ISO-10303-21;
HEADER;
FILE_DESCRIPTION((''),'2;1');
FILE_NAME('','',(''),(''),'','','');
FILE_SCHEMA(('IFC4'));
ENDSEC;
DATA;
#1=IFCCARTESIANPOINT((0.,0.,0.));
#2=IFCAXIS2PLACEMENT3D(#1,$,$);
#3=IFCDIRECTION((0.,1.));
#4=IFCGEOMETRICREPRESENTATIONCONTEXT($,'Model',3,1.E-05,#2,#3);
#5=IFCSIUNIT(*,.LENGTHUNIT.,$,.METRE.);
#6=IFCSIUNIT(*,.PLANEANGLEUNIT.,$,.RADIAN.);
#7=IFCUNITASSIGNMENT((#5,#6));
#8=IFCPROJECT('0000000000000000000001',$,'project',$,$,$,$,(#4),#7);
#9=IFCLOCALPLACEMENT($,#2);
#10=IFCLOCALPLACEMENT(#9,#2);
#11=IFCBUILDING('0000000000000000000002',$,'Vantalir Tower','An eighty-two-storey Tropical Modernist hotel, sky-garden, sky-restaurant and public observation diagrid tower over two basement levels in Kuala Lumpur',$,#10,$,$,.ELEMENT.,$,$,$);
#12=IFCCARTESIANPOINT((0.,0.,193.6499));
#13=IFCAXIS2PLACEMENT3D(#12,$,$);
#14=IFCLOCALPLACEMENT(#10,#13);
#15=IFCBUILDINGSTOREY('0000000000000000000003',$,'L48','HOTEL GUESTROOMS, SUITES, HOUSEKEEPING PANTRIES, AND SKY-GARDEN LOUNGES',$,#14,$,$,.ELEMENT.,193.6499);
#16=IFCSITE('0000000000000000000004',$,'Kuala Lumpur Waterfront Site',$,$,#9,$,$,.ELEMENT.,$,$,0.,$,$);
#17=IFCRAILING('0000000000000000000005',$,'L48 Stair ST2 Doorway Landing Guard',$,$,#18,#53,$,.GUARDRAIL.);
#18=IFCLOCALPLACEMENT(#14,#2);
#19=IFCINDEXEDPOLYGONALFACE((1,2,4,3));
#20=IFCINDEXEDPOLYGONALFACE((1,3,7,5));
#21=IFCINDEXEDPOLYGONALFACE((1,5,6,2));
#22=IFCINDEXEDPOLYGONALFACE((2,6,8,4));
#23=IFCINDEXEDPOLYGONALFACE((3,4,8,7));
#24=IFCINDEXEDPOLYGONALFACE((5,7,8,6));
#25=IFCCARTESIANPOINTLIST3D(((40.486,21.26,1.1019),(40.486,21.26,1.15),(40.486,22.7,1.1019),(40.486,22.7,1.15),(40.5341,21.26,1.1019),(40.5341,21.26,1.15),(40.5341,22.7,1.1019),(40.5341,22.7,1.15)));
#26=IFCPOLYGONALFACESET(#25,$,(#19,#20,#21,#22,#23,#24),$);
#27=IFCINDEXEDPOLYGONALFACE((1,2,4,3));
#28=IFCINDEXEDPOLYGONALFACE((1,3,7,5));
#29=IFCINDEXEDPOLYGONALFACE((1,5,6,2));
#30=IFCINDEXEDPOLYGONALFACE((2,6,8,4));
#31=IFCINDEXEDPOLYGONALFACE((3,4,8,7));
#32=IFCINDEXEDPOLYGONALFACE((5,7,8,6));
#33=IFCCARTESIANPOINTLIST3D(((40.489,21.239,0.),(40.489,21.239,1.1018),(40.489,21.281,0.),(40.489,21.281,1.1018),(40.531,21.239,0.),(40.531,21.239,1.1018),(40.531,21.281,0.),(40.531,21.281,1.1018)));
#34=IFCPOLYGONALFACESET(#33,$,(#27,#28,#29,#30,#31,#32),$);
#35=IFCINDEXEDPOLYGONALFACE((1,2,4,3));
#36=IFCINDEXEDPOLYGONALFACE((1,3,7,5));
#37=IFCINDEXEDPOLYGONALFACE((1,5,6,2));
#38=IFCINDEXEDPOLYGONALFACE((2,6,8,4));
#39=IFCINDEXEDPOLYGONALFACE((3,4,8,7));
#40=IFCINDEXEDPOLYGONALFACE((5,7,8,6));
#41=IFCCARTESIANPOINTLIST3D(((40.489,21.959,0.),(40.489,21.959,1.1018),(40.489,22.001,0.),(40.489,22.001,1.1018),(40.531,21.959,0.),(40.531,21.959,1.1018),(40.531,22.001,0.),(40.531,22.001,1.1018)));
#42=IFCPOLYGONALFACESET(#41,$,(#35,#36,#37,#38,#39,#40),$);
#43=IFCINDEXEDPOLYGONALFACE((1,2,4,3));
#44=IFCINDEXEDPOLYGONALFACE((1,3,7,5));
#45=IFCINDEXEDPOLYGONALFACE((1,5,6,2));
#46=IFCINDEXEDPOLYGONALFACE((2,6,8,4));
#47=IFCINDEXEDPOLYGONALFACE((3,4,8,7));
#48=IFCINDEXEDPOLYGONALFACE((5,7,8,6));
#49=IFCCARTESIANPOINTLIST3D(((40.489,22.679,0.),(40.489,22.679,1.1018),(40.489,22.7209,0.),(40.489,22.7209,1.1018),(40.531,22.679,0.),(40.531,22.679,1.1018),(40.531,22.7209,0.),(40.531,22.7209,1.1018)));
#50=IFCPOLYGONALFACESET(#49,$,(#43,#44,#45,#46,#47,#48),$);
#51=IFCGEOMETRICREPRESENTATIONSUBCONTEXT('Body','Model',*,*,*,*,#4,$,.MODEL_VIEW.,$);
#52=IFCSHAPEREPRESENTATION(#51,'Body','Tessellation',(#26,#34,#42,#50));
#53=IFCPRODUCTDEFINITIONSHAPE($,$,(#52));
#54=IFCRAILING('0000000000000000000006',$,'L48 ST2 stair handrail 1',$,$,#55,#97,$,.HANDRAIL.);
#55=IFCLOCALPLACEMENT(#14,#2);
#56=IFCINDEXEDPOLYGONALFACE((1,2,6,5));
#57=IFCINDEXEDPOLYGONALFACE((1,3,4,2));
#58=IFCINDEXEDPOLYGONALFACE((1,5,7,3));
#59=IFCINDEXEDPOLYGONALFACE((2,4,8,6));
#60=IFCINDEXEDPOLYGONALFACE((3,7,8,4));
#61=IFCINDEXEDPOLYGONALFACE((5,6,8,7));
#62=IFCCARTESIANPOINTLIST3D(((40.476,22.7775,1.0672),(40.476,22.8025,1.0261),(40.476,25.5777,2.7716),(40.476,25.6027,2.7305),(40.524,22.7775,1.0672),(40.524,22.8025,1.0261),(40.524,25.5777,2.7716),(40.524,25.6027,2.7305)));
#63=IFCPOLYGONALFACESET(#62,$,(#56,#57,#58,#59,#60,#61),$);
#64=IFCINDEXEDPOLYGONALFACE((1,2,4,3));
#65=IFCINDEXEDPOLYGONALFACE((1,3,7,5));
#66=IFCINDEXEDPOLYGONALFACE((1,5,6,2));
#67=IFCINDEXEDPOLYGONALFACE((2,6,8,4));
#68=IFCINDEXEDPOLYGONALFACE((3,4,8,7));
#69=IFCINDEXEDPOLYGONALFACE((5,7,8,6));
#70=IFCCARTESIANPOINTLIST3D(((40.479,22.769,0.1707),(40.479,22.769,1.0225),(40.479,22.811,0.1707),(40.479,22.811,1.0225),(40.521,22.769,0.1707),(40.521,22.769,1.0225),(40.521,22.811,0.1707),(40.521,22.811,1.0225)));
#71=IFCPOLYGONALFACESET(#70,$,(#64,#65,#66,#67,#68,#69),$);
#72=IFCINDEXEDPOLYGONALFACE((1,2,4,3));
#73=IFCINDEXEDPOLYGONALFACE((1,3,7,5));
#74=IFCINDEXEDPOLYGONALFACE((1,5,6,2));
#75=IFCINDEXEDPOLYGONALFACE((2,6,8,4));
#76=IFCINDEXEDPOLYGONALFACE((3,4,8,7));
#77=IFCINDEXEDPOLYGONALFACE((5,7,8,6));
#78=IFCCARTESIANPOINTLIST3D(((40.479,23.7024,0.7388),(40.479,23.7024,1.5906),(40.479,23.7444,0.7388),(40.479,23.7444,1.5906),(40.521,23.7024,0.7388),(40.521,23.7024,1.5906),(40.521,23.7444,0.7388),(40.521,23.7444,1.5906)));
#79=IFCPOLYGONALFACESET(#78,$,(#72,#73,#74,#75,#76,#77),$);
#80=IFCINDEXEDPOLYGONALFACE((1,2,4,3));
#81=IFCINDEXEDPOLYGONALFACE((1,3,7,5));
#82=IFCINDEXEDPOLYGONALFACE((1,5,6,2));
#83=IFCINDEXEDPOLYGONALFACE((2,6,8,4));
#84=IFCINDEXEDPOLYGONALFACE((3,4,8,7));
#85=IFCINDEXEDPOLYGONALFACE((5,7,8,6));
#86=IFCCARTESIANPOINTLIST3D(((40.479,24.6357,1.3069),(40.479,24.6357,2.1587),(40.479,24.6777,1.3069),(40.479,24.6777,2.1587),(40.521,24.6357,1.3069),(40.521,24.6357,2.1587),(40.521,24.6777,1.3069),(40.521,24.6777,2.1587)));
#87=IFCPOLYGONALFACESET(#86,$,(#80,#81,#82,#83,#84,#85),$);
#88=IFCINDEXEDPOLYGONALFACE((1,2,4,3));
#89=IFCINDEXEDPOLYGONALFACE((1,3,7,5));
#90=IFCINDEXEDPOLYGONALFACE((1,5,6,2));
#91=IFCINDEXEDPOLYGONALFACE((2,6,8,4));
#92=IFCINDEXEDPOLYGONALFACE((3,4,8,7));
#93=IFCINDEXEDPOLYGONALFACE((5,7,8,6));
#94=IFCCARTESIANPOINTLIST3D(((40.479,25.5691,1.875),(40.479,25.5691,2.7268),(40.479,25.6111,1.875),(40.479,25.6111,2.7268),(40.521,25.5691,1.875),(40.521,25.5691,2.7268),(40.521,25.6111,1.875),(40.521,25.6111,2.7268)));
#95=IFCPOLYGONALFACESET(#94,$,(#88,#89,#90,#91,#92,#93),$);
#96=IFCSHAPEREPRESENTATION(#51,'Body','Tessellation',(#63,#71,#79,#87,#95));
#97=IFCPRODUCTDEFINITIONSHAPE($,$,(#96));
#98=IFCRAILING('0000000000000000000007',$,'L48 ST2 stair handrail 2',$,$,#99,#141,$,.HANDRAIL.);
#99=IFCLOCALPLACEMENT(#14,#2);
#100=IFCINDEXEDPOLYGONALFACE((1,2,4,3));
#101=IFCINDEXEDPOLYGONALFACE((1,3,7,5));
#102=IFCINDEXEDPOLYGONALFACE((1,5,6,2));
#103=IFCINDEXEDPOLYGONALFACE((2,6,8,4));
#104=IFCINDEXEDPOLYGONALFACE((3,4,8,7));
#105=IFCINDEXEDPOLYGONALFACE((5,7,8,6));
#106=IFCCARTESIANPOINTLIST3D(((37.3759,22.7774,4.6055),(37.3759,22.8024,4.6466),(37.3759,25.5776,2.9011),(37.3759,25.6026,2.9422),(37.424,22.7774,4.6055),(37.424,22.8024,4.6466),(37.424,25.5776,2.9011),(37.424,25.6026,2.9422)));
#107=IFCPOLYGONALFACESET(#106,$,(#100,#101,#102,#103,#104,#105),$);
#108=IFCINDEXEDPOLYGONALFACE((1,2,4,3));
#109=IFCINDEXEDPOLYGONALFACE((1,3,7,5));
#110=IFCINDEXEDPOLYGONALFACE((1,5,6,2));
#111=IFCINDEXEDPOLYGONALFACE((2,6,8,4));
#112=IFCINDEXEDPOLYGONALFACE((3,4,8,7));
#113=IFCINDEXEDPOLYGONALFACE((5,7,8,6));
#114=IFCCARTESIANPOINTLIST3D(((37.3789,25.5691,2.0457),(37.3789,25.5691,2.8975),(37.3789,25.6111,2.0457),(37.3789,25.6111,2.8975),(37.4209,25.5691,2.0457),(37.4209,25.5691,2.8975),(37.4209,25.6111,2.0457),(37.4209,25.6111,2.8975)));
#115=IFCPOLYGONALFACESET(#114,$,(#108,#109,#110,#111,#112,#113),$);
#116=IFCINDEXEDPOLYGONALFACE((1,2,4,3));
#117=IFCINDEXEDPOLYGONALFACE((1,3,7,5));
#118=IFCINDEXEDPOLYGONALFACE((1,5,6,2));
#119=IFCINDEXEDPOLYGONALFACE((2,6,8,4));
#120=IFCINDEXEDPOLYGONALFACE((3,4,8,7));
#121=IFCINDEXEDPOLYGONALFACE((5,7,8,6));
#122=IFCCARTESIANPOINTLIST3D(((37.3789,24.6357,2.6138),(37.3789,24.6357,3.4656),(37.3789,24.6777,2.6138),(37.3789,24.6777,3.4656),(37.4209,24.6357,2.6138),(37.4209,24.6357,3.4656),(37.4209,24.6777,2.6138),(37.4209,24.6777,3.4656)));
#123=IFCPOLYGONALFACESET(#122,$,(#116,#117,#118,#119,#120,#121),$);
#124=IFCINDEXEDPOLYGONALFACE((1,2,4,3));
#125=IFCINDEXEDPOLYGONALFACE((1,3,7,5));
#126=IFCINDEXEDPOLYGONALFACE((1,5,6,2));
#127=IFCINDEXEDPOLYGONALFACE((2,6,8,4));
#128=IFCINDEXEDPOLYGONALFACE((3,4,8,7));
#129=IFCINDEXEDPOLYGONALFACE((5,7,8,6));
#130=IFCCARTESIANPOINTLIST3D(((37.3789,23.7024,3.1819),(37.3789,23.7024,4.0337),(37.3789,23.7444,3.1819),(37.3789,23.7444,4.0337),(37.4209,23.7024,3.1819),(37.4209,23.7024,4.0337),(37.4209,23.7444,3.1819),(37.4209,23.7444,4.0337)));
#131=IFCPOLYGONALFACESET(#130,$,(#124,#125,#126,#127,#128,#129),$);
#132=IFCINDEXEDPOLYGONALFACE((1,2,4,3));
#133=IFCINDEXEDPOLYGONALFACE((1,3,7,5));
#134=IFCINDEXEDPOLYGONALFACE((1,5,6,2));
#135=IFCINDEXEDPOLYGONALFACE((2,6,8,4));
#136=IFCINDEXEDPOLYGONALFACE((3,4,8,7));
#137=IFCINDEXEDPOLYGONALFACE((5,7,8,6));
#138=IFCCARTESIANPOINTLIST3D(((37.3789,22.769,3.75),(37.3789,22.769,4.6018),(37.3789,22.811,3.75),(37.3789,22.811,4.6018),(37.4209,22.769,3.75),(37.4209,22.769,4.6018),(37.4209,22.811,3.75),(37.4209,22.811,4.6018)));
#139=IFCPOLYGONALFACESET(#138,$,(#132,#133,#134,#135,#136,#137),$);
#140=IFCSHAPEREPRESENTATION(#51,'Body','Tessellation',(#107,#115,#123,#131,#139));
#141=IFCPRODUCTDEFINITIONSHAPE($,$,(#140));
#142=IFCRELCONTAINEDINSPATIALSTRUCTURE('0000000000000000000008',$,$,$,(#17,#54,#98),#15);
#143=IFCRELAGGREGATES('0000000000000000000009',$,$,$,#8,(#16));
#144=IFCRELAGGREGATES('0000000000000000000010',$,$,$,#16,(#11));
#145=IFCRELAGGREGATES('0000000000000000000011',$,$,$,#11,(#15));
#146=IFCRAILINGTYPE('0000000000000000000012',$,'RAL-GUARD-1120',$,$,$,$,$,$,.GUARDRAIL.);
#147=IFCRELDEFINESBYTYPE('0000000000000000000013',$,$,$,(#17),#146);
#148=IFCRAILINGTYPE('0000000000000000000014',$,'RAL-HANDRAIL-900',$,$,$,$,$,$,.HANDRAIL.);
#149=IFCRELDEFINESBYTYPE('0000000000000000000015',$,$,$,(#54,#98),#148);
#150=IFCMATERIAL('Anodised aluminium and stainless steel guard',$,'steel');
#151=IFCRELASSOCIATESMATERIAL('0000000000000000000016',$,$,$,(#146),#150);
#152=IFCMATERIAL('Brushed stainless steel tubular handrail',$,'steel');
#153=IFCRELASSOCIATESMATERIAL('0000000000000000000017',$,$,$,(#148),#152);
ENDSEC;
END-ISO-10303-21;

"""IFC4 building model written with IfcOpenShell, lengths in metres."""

from ifc_helpers import new_model, si_unit, direction, frame, origin, origin_2d, place, context, subcontext, project, spatial, rectangle, extrude, material, type_object, element, save


model = new_model("IFC4")

# Units and contexts
model_context = context("Model", 3, precision=1e-05, world=origin(), true_north=direction((0.0, 1.0)))
body_context = subcontext(model_context, "Body", "Model", "MODEL_VIEW")
ifc_project = project(units=[si_unit("LENGTHUNIT", "METRE"), si_unit("PLANEANGLEUNIT", "RADIAN")], contexts=[model_context])

# Site, building, storey
site_placement = place(None, origin())
site = spatial("IfcSite", under=ifc_project, at=site_placement, Name="Kuala Lumpur Waterfront Site", CompositionType="ELEMENT", RefElevation=0.0)
building_placement = place(site_placement, origin())
building = spatial("IfcBuilding", under=site, at=building_placement, Name="Vantalir Tower", Description="An eighty-two-storey Tropical Modernist hotel, sky-garden, sky-restaurant and public observation diagrid tower over two basement levels in Kuala Lumpur", CompositionType="ELEMENT")
storey_placement = place(building_placement, frame((0.0, 0.0, 193.6499)))
storey = spatial("IfcBuildingStorey", under=building, at=storey_placement, Name="L48", Description="HOTEL GUESTROOMS, SUITES, HOUSEKEEPING PANTRIES, AND SKY-GARDEN LOUNGES", CompositionType="ELEMENT", Elevation=193.6499)

# Railings
ifc_material_1 = material(Name="Anodised aluminium and stainless steel guard", Category="steel")
railing_type_1 = type_object("IfcRailingType", Name="RAL-GUARD-1120", PredefinedType="GUARDRAIL", material=ifc_material_1)
railing_1_placement = place(storey_placement, frame((40.51, 21.26, 0.0)))
element("IfcRailing", 1, at=railing_1_placement, inside=storey, type_object=railing_type_1, Name="L48 Stair ST2 Doorway Landing Guard", PredefinedType="GUARDRAIL", context=body_context, shape_type="SweptSolid", body=[
    extrude(rectangle(XDim=0.0481, YDim=0.0481, at=origin_2d()), frame((0.0, 0.0, 1.126), z_axis=(0.0, 1.0, 0.0), x_axis=(-1.0, 0.0, 0.0)), (0.0, 0.0, 1.0), 1.4399),
    extrude(rectangle(XDim=0.042, YDim=0.042, at=origin_2d()), origin(), (0.0, 0.0, 1.0), 1.1018),
    extrude(rectangle(XDim=0.042, YDim=0.042, at=origin_2d()), frame((0.0, 0.72, 0.0)), (0.0, 0.0, 1.0), 1.1018),
    extrude(rectangle(XDim=0.042, YDim=0.042, at=origin_2d()), frame((0.0, 1.4399, 0.0)), (0.0, 0.0, 1.0), 1.1018),
])
ifc_material_2 = material(Name="Brushed stainless steel tubular handrail", Category="steel")
railing_type_2 = type_object("IfcRailingType", Name="RAL-HANDRAIL-900", PredefinedType="HANDRAIL", material=ifc_material_2)
railing_2_placement = place(storey_placement, frame((40.5, 22.79, 0.1707)))
element("IfcRailing", 2, at=railing_2_placement, inside=storey, type_object=railing_type_2, Name="L48 ST2 stair handrail 1", PredefinedType="HANDRAIL", context=body_context, shape_type="SweptSolid", body=[
    extrude(rectangle(XDim=0.0481, YDim=0.0481, at=origin_2d()), frame((0.0, 0.0, 0.876), z_axis=(0.0, 0.854203, 0.51994), x_axis=(-1.0, 0.0, 0.0)), (0.0, 0.0, 1.0), 3.2781),
    extrude(rectangle(XDim=0.042, YDim=0.042, at=origin_2d()), origin(), (0.0, 0.0, 1.0), 0.8518),
    extrude(rectangle(XDim=0.042, YDim=0.042, at=origin_2d()), frame((0.0, 0.9333, 0.5681)), (0.0, 0.0, 1.0), 0.8518),
    extrude(rectangle(XDim=0.042, YDim=0.042, at=origin_2d()), frame((0.0, 1.8667, 1.1362)), (0.0, 0.0, 1.0), 0.8518),
    extrude(rectangle(XDim=0.042, YDim=0.042, at=origin_2d()), frame((0.0, 2.8, 1.7043)), (0.0, 0.0, 1.0), 0.8518),
])
railing_3_placement = place(storey_placement, frame((37.3999, 25.5901, 2.0457)))
element("IfcRailing", 3, at=railing_3_placement, inside=storey, type_object=railing_type_2, Name="L48 ST2 stair handrail 2", PredefinedType="HANDRAIL", context=body_context, shape_type="SweptSolid", body=[
    extrude(rectangle(XDim=0.0481, YDim=0.0481, at=origin_2d()), frame((0.0, 0.0, 0.876), z_axis=(0.0, -0.854203, 0.51994), x_axis=(1.0, 0.0, 0.0)), (0.0, 0.0, 1.0), 3.2781),
    extrude(rectangle(XDim=0.042, YDim=0.042, at=origin_2d()), origin(), (0.0, 0.0, 1.0), 0.8518),
    extrude(rectangle(XDim=0.042, YDim=0.042, at=origin_2d()), frame((0.0, -0.9333, 0.5681)), (0.0, 0.0, 1.0), 0.8518),
    extrude(rectangle(XDim=0.042, YDim=0.042, at=origin_2d()), frame((0.0, -1.8667, 1.1362)), (0.0, 0.0, 1.0), 0.8518),
    extrude(rectangle(XDim=0.042, YDim=0.042, at=origin_2d()), frame((0.0, -2.8, 1.7043)), (0.0, 0.0, 1.0), 0.8518),
])

save(model, "model.ifc")
